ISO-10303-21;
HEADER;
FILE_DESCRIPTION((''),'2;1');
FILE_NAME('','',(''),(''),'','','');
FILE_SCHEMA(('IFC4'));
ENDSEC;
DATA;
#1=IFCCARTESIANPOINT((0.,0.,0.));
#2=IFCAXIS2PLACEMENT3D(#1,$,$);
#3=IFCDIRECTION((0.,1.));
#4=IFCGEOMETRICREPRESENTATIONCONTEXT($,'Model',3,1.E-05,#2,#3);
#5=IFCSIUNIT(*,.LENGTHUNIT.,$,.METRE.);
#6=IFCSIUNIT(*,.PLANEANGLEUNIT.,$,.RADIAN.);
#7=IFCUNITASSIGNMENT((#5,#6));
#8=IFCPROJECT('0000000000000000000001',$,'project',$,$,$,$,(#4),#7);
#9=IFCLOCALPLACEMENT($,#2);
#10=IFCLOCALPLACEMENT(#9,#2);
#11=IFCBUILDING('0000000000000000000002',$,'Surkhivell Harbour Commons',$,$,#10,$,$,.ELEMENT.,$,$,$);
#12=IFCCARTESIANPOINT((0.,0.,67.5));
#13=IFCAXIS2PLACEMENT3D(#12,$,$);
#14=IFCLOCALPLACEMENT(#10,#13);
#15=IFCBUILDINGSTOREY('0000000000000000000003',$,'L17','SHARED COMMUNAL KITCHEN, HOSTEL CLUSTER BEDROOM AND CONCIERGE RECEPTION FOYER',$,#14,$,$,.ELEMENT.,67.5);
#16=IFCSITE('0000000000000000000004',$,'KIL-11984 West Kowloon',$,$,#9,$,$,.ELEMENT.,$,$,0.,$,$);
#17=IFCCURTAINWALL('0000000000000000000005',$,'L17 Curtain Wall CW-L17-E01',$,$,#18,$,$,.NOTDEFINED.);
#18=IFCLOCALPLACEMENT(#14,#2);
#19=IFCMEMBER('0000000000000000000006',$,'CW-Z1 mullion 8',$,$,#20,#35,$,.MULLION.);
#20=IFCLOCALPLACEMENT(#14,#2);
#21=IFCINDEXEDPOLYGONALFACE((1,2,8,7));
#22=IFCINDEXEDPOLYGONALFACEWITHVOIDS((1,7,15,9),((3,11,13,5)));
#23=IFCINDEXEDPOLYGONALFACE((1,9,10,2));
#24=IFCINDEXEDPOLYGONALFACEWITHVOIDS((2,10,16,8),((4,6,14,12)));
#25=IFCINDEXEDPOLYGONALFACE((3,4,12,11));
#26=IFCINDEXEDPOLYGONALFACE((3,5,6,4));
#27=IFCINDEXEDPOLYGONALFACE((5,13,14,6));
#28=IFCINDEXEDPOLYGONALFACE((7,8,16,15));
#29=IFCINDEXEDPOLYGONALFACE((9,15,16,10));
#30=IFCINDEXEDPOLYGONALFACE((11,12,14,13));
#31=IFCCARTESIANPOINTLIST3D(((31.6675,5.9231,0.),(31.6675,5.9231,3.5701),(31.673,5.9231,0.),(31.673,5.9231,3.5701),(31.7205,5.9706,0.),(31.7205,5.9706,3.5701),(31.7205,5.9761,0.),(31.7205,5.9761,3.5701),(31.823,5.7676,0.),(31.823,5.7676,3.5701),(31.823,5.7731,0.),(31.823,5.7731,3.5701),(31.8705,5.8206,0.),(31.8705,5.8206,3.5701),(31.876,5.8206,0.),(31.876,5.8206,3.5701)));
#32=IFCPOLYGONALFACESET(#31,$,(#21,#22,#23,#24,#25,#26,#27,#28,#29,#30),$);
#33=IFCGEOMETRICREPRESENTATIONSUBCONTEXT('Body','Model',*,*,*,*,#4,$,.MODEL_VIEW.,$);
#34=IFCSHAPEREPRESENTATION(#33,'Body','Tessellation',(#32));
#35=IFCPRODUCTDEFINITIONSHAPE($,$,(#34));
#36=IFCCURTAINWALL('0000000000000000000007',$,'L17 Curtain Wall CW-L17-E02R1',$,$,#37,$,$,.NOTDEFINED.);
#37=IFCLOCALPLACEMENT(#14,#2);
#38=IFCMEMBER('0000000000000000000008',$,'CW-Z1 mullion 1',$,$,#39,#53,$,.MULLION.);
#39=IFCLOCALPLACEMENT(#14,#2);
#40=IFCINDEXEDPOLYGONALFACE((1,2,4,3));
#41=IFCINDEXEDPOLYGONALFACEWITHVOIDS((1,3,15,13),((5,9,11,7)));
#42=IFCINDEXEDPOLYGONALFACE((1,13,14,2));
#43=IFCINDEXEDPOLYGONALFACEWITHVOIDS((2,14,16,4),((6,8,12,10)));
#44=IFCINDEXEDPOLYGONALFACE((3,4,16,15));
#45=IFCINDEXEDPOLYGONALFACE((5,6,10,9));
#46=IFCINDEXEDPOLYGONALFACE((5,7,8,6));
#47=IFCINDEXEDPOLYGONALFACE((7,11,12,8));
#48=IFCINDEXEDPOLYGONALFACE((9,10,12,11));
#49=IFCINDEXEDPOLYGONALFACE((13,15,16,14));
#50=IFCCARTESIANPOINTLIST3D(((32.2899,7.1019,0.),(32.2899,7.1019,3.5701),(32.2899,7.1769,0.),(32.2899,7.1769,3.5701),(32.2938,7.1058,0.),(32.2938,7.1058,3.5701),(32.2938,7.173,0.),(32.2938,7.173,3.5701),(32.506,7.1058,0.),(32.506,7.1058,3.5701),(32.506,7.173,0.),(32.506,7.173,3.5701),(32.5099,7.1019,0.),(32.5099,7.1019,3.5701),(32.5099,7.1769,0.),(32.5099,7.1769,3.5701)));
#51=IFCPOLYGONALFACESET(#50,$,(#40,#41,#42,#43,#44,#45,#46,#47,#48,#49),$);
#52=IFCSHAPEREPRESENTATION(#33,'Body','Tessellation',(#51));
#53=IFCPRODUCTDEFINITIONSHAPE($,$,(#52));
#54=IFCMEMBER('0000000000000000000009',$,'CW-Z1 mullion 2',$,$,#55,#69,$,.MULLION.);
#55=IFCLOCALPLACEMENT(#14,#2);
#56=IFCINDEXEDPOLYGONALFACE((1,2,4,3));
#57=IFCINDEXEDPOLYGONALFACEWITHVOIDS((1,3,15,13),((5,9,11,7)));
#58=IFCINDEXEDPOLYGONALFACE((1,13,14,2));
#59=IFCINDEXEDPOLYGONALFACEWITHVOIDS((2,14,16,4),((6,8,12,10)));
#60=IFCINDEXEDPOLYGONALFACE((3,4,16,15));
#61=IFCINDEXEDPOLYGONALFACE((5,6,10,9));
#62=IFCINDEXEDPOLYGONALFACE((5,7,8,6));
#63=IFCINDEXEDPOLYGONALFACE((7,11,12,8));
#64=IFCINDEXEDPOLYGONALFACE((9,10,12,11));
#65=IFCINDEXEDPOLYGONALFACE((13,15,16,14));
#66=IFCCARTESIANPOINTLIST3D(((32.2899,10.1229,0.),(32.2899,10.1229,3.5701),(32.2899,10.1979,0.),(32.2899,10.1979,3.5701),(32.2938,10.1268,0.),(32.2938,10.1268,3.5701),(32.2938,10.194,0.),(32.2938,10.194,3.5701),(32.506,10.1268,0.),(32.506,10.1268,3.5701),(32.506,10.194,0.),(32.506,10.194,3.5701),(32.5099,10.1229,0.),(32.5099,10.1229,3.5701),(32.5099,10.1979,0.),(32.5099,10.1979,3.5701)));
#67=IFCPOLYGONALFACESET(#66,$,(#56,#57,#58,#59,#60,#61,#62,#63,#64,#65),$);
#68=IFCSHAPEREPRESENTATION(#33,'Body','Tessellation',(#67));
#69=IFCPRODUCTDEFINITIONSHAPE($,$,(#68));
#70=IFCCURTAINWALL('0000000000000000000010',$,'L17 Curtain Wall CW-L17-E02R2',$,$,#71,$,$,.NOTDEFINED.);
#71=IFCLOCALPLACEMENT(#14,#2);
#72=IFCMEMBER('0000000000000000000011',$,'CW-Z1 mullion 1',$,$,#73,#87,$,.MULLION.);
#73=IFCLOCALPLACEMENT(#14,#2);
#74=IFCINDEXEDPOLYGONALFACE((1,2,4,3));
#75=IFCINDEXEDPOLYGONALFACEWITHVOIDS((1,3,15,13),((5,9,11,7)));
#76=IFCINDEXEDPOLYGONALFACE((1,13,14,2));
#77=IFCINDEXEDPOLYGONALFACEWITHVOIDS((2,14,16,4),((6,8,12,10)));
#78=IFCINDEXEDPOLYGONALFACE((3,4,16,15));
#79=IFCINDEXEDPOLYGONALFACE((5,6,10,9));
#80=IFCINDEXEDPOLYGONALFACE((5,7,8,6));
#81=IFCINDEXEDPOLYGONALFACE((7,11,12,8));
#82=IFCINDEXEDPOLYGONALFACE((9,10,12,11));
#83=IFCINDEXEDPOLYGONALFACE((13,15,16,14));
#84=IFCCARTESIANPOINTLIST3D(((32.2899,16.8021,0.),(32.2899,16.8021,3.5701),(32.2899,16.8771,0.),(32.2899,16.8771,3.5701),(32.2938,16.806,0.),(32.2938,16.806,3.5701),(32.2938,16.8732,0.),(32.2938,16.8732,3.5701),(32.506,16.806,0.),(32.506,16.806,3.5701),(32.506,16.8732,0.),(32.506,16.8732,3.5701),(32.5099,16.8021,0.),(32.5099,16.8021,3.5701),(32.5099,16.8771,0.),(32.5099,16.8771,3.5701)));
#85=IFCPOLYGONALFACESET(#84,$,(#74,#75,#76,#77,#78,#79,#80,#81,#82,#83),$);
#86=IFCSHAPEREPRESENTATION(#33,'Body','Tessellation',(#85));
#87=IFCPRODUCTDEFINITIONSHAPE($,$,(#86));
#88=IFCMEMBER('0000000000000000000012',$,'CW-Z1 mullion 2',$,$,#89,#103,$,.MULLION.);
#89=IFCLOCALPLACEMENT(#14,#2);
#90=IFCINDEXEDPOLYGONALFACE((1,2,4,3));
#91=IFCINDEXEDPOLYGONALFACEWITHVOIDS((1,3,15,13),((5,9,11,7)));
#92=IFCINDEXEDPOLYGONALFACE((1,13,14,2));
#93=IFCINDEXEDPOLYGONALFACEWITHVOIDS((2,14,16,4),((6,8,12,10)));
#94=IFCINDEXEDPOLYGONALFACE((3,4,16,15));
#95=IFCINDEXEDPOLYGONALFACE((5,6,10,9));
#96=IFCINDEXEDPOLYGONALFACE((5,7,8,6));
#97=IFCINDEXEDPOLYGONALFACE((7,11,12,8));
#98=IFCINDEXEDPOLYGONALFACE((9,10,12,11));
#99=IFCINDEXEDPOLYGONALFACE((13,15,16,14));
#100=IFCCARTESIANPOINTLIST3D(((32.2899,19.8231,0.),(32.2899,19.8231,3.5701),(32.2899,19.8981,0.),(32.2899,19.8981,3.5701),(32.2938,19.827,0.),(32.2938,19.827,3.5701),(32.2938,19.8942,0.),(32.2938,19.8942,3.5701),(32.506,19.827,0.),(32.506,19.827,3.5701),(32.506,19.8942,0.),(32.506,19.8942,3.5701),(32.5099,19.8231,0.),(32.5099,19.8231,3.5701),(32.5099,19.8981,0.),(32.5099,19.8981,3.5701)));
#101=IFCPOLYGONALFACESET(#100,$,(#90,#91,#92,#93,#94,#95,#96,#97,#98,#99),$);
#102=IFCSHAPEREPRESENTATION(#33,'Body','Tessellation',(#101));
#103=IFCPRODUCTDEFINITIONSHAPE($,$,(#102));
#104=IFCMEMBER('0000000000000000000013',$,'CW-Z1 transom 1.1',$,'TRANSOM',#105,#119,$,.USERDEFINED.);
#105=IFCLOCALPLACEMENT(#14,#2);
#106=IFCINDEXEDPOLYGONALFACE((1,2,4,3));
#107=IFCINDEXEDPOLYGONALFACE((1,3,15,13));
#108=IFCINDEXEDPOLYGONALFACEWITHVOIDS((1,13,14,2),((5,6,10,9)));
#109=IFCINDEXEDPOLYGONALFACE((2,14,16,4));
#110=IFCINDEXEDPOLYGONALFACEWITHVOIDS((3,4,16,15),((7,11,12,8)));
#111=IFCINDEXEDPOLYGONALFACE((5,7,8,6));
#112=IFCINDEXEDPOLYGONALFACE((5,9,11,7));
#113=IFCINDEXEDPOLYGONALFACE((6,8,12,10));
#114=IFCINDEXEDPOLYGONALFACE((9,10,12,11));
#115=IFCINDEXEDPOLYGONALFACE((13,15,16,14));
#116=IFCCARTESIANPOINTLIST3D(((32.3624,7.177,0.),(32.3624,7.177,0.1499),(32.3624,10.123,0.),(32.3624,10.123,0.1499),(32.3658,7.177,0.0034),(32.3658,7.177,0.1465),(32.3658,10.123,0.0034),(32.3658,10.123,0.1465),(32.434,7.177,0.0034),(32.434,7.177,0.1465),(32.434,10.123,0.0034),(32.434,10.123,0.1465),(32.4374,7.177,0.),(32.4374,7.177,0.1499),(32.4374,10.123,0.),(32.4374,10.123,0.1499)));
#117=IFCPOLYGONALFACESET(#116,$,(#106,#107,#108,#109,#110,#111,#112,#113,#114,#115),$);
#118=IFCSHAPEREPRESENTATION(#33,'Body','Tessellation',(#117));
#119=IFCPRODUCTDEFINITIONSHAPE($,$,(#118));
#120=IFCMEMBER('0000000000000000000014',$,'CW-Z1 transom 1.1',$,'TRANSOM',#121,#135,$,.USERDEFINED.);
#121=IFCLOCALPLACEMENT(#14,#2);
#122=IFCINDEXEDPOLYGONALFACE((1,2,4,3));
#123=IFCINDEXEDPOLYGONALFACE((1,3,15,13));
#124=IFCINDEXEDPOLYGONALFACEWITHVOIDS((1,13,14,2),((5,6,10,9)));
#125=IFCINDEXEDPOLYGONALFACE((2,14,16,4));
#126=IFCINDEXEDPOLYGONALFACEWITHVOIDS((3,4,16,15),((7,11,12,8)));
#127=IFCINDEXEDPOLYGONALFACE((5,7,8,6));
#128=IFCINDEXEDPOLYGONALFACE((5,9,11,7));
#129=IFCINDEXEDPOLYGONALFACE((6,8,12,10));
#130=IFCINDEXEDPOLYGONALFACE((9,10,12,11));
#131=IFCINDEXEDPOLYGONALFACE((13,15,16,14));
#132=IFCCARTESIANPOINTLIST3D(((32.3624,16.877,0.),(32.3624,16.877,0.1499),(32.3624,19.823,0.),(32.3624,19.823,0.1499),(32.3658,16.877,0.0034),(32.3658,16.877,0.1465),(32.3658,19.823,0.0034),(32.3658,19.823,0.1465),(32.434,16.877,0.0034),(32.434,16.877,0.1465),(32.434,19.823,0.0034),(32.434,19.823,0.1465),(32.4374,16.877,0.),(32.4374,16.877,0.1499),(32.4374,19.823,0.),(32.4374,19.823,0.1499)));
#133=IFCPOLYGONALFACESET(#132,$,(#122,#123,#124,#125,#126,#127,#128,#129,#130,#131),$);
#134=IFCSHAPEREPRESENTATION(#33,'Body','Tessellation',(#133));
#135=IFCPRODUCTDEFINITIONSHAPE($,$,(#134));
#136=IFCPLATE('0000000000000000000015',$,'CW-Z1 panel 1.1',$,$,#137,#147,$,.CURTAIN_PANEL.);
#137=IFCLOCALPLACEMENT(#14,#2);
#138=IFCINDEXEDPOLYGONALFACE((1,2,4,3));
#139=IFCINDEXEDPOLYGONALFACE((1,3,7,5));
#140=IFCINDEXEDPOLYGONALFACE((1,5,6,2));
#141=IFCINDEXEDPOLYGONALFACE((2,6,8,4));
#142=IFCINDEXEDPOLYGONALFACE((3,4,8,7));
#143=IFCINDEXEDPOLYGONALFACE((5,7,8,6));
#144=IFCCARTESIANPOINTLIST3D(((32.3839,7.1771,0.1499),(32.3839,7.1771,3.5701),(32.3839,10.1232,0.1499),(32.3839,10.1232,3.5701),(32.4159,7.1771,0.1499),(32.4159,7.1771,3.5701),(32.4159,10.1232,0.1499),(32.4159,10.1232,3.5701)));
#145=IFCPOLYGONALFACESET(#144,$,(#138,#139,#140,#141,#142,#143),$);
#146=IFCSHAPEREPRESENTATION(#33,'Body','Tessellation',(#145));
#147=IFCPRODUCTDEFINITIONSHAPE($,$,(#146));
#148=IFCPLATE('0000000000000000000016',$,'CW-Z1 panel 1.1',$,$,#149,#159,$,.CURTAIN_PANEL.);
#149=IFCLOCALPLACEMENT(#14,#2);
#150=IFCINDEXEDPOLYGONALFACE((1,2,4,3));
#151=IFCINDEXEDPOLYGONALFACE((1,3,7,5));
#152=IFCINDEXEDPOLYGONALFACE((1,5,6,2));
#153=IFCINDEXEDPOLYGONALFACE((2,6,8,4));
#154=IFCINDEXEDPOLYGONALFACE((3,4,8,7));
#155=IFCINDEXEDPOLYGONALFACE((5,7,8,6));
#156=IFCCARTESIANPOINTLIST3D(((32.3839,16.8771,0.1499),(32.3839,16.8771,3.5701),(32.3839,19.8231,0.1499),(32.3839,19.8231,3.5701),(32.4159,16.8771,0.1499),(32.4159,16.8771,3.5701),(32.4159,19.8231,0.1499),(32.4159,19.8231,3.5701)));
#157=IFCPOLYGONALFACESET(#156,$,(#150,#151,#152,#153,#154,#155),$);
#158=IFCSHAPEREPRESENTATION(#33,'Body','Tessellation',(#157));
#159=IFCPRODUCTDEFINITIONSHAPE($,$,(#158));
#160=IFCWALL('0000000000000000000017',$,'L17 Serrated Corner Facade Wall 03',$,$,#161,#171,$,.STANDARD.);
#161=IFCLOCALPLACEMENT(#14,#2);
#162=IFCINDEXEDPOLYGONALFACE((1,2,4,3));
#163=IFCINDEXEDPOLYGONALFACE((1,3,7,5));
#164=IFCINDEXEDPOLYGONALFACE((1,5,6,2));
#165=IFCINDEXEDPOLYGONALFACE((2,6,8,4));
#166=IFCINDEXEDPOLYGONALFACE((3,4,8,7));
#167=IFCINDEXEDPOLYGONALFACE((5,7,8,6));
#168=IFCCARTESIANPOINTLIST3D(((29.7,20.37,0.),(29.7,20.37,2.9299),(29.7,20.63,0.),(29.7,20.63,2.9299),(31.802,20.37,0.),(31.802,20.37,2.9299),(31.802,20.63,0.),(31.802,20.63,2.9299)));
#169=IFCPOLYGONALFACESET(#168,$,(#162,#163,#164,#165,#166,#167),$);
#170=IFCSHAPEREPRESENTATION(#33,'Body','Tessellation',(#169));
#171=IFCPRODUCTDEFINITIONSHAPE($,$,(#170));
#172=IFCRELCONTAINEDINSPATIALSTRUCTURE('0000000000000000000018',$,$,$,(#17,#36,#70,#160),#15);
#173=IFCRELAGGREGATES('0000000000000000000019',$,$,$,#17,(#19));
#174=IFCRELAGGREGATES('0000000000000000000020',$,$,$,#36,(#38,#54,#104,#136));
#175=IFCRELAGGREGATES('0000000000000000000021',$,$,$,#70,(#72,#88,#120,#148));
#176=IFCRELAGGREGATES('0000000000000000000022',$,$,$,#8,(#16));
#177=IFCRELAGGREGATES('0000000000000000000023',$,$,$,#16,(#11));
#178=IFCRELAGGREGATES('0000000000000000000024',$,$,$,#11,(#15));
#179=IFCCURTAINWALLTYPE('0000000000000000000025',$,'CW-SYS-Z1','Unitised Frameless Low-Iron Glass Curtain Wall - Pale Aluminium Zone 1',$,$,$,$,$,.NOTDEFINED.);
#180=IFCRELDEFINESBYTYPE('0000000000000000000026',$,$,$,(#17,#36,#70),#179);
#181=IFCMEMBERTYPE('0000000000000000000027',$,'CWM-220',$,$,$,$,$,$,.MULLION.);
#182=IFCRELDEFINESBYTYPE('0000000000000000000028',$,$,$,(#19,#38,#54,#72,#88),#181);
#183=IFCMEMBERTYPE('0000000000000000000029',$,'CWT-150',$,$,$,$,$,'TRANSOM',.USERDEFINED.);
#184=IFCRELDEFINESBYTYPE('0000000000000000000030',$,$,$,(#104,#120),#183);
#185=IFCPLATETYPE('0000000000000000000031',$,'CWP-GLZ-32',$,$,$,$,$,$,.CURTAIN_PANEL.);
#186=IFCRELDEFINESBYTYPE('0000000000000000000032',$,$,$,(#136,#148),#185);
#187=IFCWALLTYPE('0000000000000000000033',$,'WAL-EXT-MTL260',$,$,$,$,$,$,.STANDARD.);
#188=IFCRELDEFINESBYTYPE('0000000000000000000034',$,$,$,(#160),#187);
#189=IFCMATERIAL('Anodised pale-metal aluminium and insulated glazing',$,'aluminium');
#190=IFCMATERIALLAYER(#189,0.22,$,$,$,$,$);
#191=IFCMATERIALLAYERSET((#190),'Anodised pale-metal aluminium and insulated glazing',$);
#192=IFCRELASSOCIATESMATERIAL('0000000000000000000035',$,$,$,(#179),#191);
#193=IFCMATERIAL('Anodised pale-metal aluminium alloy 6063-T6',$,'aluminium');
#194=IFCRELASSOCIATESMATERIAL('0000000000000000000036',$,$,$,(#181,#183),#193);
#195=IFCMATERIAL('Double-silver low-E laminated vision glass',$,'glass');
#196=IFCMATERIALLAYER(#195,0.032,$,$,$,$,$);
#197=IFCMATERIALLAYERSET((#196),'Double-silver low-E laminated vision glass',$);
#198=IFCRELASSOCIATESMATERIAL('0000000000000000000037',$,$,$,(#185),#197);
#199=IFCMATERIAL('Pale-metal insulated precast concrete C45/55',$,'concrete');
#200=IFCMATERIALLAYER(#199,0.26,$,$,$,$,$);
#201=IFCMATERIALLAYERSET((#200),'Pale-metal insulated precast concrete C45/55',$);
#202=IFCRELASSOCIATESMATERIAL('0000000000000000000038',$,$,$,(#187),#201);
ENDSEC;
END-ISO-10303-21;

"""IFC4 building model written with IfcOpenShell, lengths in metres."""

from ifc_helpers import new_model, si_unit, direction, frame, frame_2d, origin, origin_2d, place, context, subcontext, project, spatial, rectangle, hollow_rectangle, extrude, material, layer, layer_set, material_profile, profile_set, type_object, element, aggregate, save


model = new_model("IFC4")

# Units and contexts
model_context = context("Model", 3, precision=1e-05, world=origin(), true_north=direction((0.0, 1.0)))
body_context = subcontext(model_context, "Body", "Model", "MODEL_VIEW")
ifc_project = project(units=[si_unit("LENGTHUNIT", "METRE"), si_unit("PLANEANGLEUNIT", "RADIAN")], contexts=[model_context])

# Site, building, storey
site_placement = place(None, origin())
site = spatial("IfcSite", under=ifc_project, at=site_placement, Name="KIL-11984 West Kowloon", CompositionType="ELEMENT", RefElevation=0.0)
building_placement = place(site_placement, origin())
building = spatial("IfcBuilding", under=site, at=building_placement, Name="Surkhivell Harbour Commons", CompositionType="ELEMENT")
storey_placement = place(building_placement, frame((0.0, 0.0, 67.5)))
storey = spatial("IfcBuildingStorey", under=building, at=storey_placement, Name="L17", Description="SHARED COMMUNAL KITCHEN, HOSTEL CLUSTER BEDROOM AND CONCIERGE RECEPTION FOYER", CompositionType="ELEMENT", Elevation=67.5)

# Curtain wall, member
ifc_material_1 = material(Name="Anodised pale-metal aluminium and insulated glazing", Category="aluminium")
ifc_layer_1 = layer(ifc_material_1, 0.22)
ifc_layer_set_1 = layer_set([ifc_layer_1], Name="Anodised pale-metal aluminium and insulated glazing")
curtain_wall_type = type_object("IfcCurtainWallType", Name="CW-SYS-Z1", Description="Unitised Frameless Low-Iron Glass Curtain Wall - Pale Aluminium Zone 1", PredefinedType="NOTDEFINED", material=ifc_layer_set_1)
curtain_wall_1_placement = place(storey_placement, origin())
curtain_wall_1 = element("IfcCurtainWall", 1, at=curtain_wall_1_placement, inside=storey, type_object=curtain_wall_type, Name="L17 Curtain Wall CW-L17-E01", PredefinedType="NOTDEFINED")
ifc_material_2 = material(Name="Anodised pale-metal aluminium alloy 6063-T6", Category="aluminium")
ifc_material_profile_1 = material_profile(ifc_material_2, hollow_rectangle(XDim=0.075, YDim=0.22, WallThickness=0.0039, at=origin_2d()), Name="ALU-MULL-75x220")
ifc_profile_set_1 = profile_set([ifc_material_profile_1], Name="Anodised pale-metal aluminium alloy 6063-T6")
member_type_1 = type_object("IfcMemberType", Name="CWM-220", PredefinedType="MULLION", material=ifc_profile_set_1)
member_1_placement = place(storey_placement, frame((31.7717, 5.8718, 0.0), z_axis=(0.0, 0.0, 1.0), x_axis=(0.707107, 0.707107, 0.0)))
member_1 = element("IfcMember", 2, at=member_1_placement, type_object=member_type_1, Name="CW-Z1 mullion 8", PredefinedType="MULLION", context=body_context, shape_type="SweptSolid", body=[
    extrude(hollow_rectangle(XDim=0.075, YDim=0.22, WallThickness=0.0039, at=origin_2d()), origin(), (0.0, 0.0, 1.0), 3.5701),
])
aggregate(curtain_wall_1, [member_1])

# Curtain walls, members
curtain_wall_2_placement = place(storey_placement, origin())
curtain_wall_2 = element("IfcCurtainWall", 3, at=curtain_wall_2_placement, inside=storey, type_object=curtain_wall_type, Name="L17 Curtain Wall CW-L17-E02R1", PredefinedType="NOTDEFINED")
member_2_placement = place(storey_placement, frame((32.3999, 7.1394, 0.0), z_axis=(0.0, 0.0, 1.0), x_axis=(0.0, 1.0, 0.0)))
member_2 = element("IfcMember", 4, at=member_2_placement, type_object=member_type_1, Name="CW-Z1 mullion 1", PredefinedType="MULLION", context=body_context, shape_type="SweptSolid", body=[
    extrude(hollow_rectangle(XDim=0.075, YDim=0.22, WallThickness=0.0039, at=origin_2d()), origin(), (0.0, 0.0, 1.0), 3.5701),
])
member_3_placement = place(storey_placement, frame((32.3999, 10.1604, 0.0), z_axis=(0.0, 0.0, 1.0), x_axis=(0.0, 1.0, 0.0)))
member_3 = element("IfcMember", 5, at=member_3_placement, type_object=member_type_1, Name="CW-Z1 mullion 2", PredefinedType="MULLION", context=body_context, shape_type="SweptSolid", body=[
    extrude(hollow_rectangle(XDim=0.075, YDim=0.22, WallThickness=0.0039, at=origin_2d()), origin(), (0.0, 0.0, 1.0), 3.5701),
])
curtain_wall_3_placement = place(storey_placement, origin())
curtain_wall_3 = element("IfcCurtainWall", 6, at=curtain_wall_3_placement, inside=storey, type_object=curtain_wall_type, Name="L17 Curtain Wall CW-L17-E02R2", PredefinedType="NOTDEFINED")
member_4_placement = place(storey_placement, frame((32.3999, 16.8396, 0.0), z_axis=(0.0, 0.0, 1.0), x_axis=(0.0, 1.0, 0.0)))
member_4 = element("IfcMember", 7, at=member_4_placement, type_object=member_type_1, Name="CW-Z1 mullion 1", PredefinedType="MULLION", context=body_context, shape_type="SweptSolid", body=[
    extrude(hollow_rectangle(XDim=0.075, YDim=0.22, WallThickness=0.0039, at=origin_2d()), origin(), (0.0, 0.0, 1.0), 3.5701),
])
member_5_placement = place(storey_placement, frame((32.3999, 19.8606, 0.0), z_axis=(0.0, 0.0, 1.0), x_axis=(0.0, 1.0, 0.0)))
member_5 = element("IfcMember", 8, at=member_5_placement, type_object=member_type_1, Name="CW-Z1 mullion 2", PredefinedType="MULLION", context=body_context, shape_type="SweptSolid", body=[
    extrude(hollow_rectangle(XDim=0.075, YDim=0.22, WallThickness=0.0039, at=origin_2d()), origin(), (0.0, 0.0, 1.0), 3.5701),
])

# Members
ifc_material_profile_2 = material_profile(ifc_material_2, hollow_rectangle(XDim=0.075, YDim=0.1499, WallThickness=0.0034, at=origin_2d()), Name="ALU-TRAN-75x150")
ifc_profile_set_2 = profile_set([ifc_material_profile_2], Name="Anodised pale-metal aluminium alloy 6063-T6")
member_type_2 = type_object("IfcMemberType", Name="CWT-150", ElementType="TRANSOM", PredefinedType="USERDEFINED", material=ifc_profile_set_2)
member_6_placement = place(storey_placement, frame((32.3999, 7.177, 0.075), z_axis=(0.0, 1.0, 0.0), x_axis=(-1.0, 0.0, 0.0)))
member_6 = element("IfcMember", 9, at=member_6_placement, type_object=member_type_2, Name="CW-Z1 transom 1.1", ObjectType="TRANSOM", PredefinedType="USERDEFINED", context=body_context, shape_type="SweptSolid", body=[
    extrude(hollow_rectangle(XDim=0.075, YDim=0.1499, WallThickness=0.0034, at=origin_2d()), origin(), (0.0, 0.0, 1.0), 2.946),
])
member_7_placement = place(storey_placement, frame((32.3999, 16.877, 0.075), z_axis=(0.0, 1.0, 0.0), x_axis=(-1.0, 0.0, 0.0)))
member_7 = element("IfcMember", 10, at=member_7_placement, type_object=member_type_2, Name="CW-Z1 transom 1.1", ObjectType="TRANSOM", PredefinedType="USERDEFINED", context=body_context, shape_type="SweptSolid", body=[
    extrude(hollow_rectangle(XDim=0.075, YDim=0.1499, WallThickness=0.0034, at=origin_2d()), origin(), (0.0, 0.0, 1.0), 2.946),
])

# Plates
ifc_material_3 = material(Name="Double-silver low-E laminated vision glass", Category="glass")
ifc_layer_2 = layer(ifc_material_3, 0.032)
ifc_layer_set_2 = layer_set([ifc_layer_2], Name="Double-silver low-E laminated vision glass")
plate_type = type_object("IfcPlateType", Name="CWP-GLZ-32", PredefinedType="CURTAIN_PANEL", material=ifc_layer_set_2)
plate_1_placement = place(storey_placement, frame((32.3999, 7.177, 0.1499), z_axis=(0.0, 0.0, 1.0), x_axis=(0.0, 1.0, 0.0)))
plate_1 = element("IfcPlate", 11, at=plate_1_placement, type_object=plate_type, Name="CW-Z1 panel 1.1", PredefinedType="CURTAIN_PANEL", context=body_context, shape_type="SweptSolid", body=[
    extrude(rectangle(XDim=2.946, YDim=0.032, at=frame_2d((1.4731, 0.0))), origin(), (0.0, 0.0, 1.0), 3.4202),
])
aggregate(curtain_wall_2, [member_2, member_3, member_6, plate_1])
plate_2_placement = place(storey_placement, frame((32.3999, 16.877, 0.1499), z_axis=(0.0, 0.0, 1.0), x_axis=(0.0, 1.0, 0.0)))
plate_2 = element("IfcPlate", 12, at=plate_2_placement, type_object=plate_type, Name="CW-Z1 panel 1.1", PredefinedType="CURTAIN_PANEL", context=body_context, shape_type="SweptSolid", body=[
    extrude(rectangle(XDim=2.946, YDim=0.032, at=frame_2d((1.4731, 0.0))), origin(), (0.0, 0.0, 1.0), 3.4202),
])
aggregate(curtain_wall_3, [member_4, member_5, member_7, plate_2])

# Wall
ifc_material_4 = material(Name="Pale-metal insulated precast concrete C45/55", Category="concrete")
ifc_layer_3 = layer(ifc_material_4, 0.26)
ifc_layer_set_3 = layer_set([ifc_layer_3], Name="Pale-metal insulated precast concrete C45/55")
wall_type_1 = type_object("IfcWallType", Name="WAL-EXT-MTL260", PredefinedType="STANDARD", material=ifc_layer_set_3)
wall_1_placement = place(storey_placement, frame((31.802, 20.5, 0.0), z_axis=(0.0, 0.0, 1.0), x_axis=(-1.0, 0.0, 0.0)))
element("IfcWall", 13, at=wall_1_placement, inside=storey, type_object=wall_type_1, Name="L17 Serrated Corner Facade Wall 03", PredefinedType="STANDARD", context=body_context, shape_type="SweptSolid", body=[
    extrude(rectangle(XDim=2.1021, YDim=0.26, at=frame_2d((1.051, 0.0))), origin(), (0.0, 0.0, 1.0), 2.9299),
])

save(model, "model.ifc")
